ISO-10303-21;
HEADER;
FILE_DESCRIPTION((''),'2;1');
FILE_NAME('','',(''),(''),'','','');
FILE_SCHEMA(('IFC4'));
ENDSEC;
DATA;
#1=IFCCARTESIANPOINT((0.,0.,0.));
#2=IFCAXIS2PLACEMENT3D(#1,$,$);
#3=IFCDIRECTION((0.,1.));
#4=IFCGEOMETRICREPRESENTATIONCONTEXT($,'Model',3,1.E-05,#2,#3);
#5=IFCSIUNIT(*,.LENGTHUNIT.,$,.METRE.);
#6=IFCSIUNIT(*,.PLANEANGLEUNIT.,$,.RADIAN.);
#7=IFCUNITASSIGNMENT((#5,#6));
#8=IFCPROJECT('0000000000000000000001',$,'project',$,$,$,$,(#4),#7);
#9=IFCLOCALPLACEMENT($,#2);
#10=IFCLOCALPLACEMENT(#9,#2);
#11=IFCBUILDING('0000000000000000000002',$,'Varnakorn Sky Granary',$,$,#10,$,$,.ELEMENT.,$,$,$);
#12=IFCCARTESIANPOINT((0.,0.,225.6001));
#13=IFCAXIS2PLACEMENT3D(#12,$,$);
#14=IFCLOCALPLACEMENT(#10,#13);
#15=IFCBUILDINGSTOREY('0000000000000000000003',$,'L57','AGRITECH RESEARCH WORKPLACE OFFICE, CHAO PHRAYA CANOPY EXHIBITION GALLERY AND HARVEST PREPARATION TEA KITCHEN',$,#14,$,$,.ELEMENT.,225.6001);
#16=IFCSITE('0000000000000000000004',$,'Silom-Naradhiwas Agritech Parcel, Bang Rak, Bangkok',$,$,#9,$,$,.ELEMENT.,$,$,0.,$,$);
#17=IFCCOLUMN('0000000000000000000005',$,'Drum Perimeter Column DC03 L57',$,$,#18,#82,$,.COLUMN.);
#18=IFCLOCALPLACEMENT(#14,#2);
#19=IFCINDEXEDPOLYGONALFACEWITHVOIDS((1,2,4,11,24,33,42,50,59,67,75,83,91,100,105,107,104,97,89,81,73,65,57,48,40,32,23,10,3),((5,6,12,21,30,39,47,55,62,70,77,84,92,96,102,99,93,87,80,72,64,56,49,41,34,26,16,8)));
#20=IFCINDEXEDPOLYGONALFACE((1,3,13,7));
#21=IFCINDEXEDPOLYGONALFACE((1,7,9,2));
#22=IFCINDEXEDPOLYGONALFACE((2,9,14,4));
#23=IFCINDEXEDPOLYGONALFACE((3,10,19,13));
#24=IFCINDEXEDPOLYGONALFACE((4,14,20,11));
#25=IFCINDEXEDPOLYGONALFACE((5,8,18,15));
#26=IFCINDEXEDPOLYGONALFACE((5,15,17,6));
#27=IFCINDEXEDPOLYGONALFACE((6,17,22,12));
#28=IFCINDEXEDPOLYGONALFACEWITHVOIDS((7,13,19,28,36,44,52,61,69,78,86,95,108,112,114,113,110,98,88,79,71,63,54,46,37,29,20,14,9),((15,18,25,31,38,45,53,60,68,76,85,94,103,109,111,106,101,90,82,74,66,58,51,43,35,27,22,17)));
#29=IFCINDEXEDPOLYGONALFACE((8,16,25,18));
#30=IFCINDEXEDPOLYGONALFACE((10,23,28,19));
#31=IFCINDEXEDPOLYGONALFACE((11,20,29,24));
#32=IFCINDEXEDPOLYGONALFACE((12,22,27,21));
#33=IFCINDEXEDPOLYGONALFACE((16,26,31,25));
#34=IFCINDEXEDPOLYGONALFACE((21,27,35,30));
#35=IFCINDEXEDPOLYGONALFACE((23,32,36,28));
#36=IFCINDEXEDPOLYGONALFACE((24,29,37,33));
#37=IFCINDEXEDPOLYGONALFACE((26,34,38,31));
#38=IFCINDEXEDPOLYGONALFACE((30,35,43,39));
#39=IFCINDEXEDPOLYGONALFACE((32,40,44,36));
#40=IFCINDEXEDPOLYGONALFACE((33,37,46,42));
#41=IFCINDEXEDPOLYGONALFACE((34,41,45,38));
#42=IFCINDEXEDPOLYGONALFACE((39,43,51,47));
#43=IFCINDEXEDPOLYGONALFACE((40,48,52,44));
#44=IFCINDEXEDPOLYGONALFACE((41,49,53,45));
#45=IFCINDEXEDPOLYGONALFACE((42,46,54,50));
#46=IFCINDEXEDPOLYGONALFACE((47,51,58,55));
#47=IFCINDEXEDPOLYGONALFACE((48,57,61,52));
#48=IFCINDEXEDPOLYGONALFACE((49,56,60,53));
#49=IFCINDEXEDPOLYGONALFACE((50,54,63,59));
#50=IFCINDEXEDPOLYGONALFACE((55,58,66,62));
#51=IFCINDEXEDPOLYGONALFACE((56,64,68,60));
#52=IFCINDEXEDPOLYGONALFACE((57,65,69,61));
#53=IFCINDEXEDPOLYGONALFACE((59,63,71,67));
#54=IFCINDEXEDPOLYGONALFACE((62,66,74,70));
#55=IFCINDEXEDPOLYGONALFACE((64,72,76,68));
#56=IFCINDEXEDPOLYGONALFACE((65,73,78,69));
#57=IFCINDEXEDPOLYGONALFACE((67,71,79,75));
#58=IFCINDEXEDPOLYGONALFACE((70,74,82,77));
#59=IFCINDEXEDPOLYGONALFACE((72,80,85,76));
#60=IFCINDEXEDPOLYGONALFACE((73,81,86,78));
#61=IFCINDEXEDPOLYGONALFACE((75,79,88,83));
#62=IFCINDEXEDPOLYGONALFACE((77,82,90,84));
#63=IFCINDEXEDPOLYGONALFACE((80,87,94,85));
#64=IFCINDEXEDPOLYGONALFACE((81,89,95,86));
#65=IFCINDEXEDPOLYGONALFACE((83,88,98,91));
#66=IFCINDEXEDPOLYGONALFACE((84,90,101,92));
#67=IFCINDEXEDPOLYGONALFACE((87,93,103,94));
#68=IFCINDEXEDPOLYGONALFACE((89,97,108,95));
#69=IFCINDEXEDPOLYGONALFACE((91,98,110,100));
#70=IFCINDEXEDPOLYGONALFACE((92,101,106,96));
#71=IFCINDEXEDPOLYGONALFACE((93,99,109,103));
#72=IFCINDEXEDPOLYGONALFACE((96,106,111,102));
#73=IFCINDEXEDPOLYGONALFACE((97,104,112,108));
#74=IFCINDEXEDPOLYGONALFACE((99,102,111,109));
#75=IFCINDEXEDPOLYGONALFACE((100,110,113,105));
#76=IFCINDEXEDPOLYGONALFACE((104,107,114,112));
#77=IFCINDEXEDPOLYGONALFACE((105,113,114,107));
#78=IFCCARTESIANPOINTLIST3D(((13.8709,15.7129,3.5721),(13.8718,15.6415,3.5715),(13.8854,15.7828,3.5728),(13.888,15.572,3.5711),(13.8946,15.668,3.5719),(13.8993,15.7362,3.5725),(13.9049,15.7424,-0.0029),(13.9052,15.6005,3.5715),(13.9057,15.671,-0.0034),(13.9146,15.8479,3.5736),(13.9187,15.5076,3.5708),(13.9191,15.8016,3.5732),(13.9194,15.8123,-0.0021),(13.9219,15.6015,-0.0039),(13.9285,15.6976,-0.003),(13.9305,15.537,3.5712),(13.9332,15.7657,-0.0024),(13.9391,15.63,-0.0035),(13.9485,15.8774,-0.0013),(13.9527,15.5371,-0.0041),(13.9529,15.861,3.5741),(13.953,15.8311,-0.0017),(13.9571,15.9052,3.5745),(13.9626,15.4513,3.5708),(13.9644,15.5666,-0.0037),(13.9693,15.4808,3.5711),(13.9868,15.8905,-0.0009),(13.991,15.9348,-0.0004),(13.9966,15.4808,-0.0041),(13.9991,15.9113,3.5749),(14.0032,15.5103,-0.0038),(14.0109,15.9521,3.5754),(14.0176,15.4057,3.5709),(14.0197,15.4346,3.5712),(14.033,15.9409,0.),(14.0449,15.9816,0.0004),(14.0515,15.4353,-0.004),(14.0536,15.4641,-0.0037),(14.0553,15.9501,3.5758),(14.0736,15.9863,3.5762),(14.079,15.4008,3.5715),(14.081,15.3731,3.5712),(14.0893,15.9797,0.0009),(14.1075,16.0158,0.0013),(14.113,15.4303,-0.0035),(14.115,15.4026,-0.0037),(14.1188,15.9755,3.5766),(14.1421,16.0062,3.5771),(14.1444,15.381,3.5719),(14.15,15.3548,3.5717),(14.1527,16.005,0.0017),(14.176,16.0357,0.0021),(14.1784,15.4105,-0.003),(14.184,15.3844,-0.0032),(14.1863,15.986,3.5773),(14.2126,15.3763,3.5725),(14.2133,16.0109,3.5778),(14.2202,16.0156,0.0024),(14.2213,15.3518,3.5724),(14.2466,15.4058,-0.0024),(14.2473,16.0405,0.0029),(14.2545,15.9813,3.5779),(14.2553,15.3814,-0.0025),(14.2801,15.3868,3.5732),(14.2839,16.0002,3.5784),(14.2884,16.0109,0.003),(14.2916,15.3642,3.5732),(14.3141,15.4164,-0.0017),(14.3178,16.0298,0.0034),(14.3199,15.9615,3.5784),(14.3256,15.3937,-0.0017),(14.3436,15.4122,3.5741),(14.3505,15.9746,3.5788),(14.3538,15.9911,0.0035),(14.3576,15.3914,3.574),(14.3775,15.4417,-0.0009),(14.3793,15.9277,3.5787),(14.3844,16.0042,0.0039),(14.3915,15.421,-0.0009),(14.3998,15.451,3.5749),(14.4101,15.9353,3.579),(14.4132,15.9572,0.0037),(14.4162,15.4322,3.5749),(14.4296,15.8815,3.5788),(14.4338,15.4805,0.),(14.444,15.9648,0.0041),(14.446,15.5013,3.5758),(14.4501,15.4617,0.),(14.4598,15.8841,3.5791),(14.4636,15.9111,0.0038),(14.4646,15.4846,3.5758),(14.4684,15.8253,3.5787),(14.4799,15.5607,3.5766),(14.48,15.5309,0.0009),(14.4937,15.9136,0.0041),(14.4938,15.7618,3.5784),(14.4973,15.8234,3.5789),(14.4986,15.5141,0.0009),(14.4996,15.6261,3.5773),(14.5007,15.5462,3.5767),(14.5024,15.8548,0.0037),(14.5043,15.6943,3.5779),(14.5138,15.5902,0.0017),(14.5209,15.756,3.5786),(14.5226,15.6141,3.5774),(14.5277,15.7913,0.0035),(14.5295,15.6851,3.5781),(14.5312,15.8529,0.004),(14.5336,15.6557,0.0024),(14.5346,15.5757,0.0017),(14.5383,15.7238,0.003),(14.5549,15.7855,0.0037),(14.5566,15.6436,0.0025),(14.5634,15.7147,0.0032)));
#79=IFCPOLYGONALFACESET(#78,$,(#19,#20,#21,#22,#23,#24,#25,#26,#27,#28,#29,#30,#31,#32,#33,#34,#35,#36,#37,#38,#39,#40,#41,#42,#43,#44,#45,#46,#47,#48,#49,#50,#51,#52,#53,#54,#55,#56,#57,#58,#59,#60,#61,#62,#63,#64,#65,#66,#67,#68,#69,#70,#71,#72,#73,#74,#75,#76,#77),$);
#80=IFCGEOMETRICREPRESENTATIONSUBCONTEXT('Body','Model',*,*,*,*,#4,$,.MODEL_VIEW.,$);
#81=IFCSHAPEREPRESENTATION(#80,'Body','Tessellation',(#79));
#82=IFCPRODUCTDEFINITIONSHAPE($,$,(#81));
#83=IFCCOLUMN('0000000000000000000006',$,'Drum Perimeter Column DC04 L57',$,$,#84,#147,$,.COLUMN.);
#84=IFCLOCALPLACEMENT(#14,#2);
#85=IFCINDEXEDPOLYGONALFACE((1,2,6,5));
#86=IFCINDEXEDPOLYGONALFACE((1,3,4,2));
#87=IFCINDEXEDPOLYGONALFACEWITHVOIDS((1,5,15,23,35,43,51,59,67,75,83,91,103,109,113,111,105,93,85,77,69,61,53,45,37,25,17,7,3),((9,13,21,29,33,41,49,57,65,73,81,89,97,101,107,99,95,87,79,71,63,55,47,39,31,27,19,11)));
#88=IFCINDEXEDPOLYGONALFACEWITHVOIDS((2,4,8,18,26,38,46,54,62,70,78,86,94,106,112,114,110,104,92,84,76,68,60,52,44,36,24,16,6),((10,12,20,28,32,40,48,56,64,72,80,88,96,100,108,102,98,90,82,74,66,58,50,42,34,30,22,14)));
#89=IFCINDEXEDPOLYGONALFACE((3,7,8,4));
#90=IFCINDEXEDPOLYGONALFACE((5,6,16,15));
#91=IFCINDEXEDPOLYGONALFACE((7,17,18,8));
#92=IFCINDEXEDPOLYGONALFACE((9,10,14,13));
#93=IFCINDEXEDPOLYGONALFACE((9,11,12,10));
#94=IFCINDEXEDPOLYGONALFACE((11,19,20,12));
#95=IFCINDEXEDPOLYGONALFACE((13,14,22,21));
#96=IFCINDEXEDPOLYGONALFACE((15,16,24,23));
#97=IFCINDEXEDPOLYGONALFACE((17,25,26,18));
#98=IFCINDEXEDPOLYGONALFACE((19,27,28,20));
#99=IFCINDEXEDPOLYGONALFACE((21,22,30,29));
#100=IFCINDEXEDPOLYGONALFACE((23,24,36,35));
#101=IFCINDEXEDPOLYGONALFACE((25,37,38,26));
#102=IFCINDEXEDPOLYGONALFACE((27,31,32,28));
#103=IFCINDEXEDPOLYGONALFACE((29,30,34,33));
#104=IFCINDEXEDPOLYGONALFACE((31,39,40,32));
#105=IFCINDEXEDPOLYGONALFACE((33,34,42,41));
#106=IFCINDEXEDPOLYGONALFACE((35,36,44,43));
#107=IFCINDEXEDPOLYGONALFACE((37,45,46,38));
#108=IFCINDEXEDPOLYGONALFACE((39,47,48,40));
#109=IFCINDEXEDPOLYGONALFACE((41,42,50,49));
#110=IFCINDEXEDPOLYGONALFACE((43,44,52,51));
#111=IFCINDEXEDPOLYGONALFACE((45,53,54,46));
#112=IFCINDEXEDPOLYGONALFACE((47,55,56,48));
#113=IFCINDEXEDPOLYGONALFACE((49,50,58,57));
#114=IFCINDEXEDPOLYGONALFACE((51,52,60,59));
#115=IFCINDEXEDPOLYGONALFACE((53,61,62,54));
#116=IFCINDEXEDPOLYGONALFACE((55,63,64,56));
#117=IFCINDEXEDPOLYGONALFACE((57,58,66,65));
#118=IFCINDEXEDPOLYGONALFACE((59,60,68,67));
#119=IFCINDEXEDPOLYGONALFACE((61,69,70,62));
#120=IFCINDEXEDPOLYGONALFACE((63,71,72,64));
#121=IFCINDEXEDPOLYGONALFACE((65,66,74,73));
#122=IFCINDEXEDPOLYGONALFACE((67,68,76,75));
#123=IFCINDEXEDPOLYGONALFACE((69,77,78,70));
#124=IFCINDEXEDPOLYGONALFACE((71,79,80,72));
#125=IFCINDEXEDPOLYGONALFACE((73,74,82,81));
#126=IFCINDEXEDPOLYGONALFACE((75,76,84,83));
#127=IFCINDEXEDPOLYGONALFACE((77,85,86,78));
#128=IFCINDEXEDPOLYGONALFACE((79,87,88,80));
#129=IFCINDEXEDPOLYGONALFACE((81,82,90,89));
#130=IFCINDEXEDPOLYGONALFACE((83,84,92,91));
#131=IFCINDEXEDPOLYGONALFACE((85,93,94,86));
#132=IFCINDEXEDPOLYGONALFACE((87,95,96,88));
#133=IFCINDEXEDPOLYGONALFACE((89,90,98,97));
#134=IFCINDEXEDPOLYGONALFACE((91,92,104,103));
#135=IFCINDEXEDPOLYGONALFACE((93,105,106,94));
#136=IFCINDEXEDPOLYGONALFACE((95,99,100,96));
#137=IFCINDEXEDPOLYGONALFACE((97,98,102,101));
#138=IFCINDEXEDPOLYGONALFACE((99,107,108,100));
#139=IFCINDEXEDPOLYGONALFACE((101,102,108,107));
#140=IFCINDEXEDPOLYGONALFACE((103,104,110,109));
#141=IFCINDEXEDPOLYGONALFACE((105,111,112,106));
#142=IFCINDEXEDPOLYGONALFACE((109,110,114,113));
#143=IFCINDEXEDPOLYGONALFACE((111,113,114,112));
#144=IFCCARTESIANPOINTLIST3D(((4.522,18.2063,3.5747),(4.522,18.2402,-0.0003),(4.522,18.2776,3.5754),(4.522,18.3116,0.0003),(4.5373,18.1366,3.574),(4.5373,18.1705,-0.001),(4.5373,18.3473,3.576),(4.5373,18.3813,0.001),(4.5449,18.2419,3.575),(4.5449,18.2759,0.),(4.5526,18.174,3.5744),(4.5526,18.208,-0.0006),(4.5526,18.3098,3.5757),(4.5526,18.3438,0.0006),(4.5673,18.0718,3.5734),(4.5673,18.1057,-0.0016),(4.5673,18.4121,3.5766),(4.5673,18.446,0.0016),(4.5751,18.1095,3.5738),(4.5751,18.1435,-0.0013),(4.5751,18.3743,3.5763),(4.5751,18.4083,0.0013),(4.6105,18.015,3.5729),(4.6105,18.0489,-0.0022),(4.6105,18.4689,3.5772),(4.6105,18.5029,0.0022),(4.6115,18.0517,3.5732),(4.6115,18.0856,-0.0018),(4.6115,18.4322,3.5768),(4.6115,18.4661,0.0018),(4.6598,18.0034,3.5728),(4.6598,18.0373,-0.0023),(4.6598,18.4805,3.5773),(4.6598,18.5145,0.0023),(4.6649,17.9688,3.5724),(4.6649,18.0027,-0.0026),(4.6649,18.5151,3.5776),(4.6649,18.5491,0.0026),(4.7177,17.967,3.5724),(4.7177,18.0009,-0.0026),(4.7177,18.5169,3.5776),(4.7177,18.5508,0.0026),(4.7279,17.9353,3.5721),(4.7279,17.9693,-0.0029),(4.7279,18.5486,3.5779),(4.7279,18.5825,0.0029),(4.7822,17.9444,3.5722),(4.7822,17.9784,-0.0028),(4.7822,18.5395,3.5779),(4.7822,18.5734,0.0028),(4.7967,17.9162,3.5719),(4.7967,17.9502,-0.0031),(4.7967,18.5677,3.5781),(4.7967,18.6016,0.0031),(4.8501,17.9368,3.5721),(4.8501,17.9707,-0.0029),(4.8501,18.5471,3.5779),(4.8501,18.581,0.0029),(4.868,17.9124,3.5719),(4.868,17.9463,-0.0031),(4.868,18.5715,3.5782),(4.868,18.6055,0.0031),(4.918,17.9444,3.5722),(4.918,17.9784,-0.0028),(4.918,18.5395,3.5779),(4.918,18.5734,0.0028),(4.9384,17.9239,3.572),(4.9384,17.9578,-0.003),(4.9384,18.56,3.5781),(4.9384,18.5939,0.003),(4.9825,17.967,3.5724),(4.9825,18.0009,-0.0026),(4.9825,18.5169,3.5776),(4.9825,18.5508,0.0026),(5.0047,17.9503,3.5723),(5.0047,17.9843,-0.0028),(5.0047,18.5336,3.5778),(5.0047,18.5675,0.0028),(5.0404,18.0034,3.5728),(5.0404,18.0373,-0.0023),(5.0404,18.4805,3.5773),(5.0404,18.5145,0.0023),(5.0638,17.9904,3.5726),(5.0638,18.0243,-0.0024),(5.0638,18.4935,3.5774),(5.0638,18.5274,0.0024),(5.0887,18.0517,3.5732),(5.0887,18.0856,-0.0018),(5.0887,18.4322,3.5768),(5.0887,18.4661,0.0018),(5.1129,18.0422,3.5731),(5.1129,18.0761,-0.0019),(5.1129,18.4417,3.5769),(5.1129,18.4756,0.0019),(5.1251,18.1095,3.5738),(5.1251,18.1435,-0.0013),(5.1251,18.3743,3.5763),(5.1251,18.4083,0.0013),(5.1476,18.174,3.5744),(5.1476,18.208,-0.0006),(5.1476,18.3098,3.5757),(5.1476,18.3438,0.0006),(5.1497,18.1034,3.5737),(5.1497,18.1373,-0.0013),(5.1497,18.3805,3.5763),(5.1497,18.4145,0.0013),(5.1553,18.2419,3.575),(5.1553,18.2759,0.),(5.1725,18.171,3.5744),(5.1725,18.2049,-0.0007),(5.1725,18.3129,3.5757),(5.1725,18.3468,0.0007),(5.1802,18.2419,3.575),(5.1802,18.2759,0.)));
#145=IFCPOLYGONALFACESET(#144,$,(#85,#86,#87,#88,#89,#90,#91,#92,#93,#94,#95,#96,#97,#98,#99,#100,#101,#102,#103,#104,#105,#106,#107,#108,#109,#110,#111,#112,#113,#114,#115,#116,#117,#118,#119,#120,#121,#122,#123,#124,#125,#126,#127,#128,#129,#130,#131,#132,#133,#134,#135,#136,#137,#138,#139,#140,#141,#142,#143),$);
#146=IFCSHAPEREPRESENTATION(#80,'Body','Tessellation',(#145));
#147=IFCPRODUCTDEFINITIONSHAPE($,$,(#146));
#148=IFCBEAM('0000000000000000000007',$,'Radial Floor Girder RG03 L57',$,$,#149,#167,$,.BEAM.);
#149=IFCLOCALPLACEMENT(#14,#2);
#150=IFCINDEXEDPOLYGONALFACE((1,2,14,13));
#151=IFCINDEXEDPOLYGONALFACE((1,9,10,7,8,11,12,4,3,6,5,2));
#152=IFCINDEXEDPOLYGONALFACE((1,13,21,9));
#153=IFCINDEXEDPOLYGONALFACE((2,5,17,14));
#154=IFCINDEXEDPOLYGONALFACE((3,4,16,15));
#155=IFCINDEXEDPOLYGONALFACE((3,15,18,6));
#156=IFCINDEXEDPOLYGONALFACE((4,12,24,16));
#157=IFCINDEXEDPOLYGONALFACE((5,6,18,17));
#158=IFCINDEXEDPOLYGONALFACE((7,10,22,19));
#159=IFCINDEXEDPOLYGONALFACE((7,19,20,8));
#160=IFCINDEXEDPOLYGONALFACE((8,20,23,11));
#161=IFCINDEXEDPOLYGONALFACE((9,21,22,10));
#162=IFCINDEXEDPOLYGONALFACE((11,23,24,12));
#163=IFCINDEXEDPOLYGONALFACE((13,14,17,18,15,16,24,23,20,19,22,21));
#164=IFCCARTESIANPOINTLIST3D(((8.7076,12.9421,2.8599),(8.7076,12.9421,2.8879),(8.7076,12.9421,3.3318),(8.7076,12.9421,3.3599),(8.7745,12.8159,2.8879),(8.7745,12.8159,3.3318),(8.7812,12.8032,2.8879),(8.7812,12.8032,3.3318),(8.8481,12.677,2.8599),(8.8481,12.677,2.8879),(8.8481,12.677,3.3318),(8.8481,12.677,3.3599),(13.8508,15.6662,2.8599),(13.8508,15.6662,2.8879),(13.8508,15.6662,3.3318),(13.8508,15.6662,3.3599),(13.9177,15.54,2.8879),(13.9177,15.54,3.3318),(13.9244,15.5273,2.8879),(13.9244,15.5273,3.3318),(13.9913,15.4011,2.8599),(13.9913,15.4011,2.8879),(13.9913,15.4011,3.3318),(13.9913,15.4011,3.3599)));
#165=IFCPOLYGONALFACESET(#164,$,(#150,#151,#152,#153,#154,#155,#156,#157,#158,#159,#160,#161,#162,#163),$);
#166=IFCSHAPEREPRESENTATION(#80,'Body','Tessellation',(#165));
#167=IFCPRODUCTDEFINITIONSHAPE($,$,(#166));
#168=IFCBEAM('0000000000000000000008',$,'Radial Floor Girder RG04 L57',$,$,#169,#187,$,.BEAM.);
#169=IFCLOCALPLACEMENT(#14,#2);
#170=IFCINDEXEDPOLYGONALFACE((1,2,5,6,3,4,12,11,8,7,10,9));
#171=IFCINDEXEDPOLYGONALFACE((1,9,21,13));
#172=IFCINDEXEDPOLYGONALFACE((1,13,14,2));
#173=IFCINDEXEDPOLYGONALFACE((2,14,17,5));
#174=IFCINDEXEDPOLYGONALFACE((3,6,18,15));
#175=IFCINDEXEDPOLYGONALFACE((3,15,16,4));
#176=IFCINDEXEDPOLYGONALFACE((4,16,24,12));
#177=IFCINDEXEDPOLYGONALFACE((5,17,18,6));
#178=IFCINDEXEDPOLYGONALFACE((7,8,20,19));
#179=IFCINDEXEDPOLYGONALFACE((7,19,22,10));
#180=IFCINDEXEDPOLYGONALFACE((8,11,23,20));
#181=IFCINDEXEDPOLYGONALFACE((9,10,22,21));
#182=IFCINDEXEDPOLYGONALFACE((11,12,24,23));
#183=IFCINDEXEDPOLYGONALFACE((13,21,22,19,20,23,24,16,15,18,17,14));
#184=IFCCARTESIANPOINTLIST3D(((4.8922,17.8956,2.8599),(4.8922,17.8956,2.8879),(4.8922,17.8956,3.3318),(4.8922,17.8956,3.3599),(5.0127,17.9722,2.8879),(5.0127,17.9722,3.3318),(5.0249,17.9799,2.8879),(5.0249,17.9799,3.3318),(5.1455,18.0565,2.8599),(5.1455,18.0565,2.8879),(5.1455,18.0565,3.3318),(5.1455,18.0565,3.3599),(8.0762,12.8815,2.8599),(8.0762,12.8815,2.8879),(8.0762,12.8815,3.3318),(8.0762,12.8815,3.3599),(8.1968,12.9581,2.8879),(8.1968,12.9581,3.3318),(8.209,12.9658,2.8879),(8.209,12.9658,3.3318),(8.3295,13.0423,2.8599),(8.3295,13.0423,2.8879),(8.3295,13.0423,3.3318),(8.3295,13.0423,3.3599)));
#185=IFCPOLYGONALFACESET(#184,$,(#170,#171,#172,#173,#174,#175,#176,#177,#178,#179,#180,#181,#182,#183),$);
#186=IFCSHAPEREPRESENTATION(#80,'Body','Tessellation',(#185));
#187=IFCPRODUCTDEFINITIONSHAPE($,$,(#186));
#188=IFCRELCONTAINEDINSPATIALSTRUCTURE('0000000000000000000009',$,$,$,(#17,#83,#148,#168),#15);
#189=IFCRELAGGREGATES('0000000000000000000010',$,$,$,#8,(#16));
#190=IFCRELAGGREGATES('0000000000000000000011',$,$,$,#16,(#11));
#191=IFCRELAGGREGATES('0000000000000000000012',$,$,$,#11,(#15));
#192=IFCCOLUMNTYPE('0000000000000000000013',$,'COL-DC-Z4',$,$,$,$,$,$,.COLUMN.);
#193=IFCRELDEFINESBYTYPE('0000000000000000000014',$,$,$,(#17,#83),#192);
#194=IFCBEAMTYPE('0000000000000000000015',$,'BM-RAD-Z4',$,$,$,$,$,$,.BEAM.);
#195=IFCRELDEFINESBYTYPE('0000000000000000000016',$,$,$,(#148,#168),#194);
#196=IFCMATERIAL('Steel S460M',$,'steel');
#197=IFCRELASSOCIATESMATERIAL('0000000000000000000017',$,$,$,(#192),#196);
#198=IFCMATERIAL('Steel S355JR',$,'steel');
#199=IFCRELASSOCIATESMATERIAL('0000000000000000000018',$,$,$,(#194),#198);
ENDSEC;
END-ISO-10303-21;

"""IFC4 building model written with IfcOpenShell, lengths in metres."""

from ifc_helpers import new_model, si_unit, direction, frame, origin, origin_2d, place, context, subcontext, project, spatial, hollow_circle, i_section, extrude, material, material_profile, profile_set, type_object, element, save


model = new_model("IFC4")

# Units and contexts
model_context = context("Model", 3, precision=1e-05, world=origin(), true_north=direction((0.0, 1.0)))
body_context = subcontext(model_context, "Body", "Model", "MODEL_VIEW")
ifc_project = project(units=[si_unit("LENGTHUNIT", "METRE"), si_unit("PLANEANGLEUNIT", "RADIAN")], contexts=[model_context])

# Site, building, storey
site_placement = place(None, origin())
site = spatial("IfcSite", under=ifc_project, at=site_placement, Name="Silom-Naradhiwas Agritech Parcel, Bang Rak, Bangkok", CompositionType="ELEMENT", RefElevation=0.0)
building_placement = place(site_placement, origin())
building = spatial("IfcBuilding", under=site, at=building_placement, Name="Varnakorn Sky Granary", CompositionType="ELEMENT")
storey_placement = place(building_placement, frame((0.0, 0.0, 225.6001)))
storey = spatial("IfcBuildingStorey", under=building, at=storey_placement, Name="L57", Description="AGRITECH RESEARCH WORKPLACE OFFICE, CHAO PHRAYA CANOPY EXHIBITION GALLERY AND HARVEST PREPARATION TEA KITCHEN", CompositionType="ELEMENT", Elevation=225.6001)

# Columns
ifc_material_1 = material(Name="Steel S460M", Category="steel")
ifc_material_profile_1 = material_profile(ifc_material_1, hollow_circle(Radius=0.3301, WallThickness=0.0249, at=origin_2d()), Name="CHS 660x25")
ifc_profile_set_1 = profile_set([ifc_material_profile_1], Name="Steel S460M")
column_type = type_object("IfcColumnType", Name="COL-DC-Z4", PredefinedType="COLUMN", material=ifc_profile_set_1)
for number, where, z_axis, x_axis, name in (
    (1, (14.2334, 15.7107, 0.0), (-0.009492, -0.008263, 0.999921), (0.656582, -0.754255, 0.0), "Drum Perimeter Column DC03 L57"),
    (2, (4.8501, 18.2759, 0.0), (0.0, -0.009492, 0.999955), (1.0, 0.0, 0.0), "Drum Perimeter Column DC04 L57"),
):
    element("IfcColumn", number, at=place(storey_placement, frame(where, z_axis=z_axis, x_axis=x_axis)), inside=storey, type_object=column_type, Name=name, PredefinedType="COLUMN", context=body_context, shape_type="SweptSolid", body=[
        extrude(hollow_circle(Radius=0.3301, WallThickness=0.0249, at=origin_2d()), origin(), (0.0, 0.0, 1.0), 3.5752),
    ])

# Beams
ifc_material_2 = material(Name="Steel S355JR", Category="steel")
ifc_material_profile_2 = material_profile(ifc_material_2, i_section(OverallWidth=0.3, OverallDepth=0.5, WebThickness=0.0144, FlangeThickness=0.0281, at=origin_2d()), Name="HE 500 B")
ifc_profile_set_2 = profile_set([ifc_material_profile_2], Name="Steel S355JR")
beam_type_1 = type_object("IfcBeamType", Name="BM-RAD-Z4", PredefinedType="BEAM", material=ifc_profile_set_2)
beam_1_placement = place(storey_placement, frame((8.7778, 12.8096, 3.1099), z_axis=(0.883703, 0.468048, 0.0), x_axis=(-0.468048, 0.883703, 0.0)))
element("IfcBeam", 3, at=beam_1_placement, inside=storey, type_object=beam_type_1, Name="Radial Floor Girder RG03 L57", PredefinedType="BEAM", context=body_context, shape_type="SweptSolid", body=[
    extrude(i_section(OverallWidth=0.3, OverallDepth=0.5, WebThickness=0.0144, FlangeThickness=0.0281, at=origin_2d()), origin(), (0.0, 0.0, 1.0), 5.8201),
])
beam_2_placement = place(storey_placement, frame((8.2029, 12.9619, 3.1099), z_axis=(-0.536067, 0.844176, 0.0), x_axis=(-0.844176, -0.536067, 0.0)))
element("IfcBeam", 4, at=beam_2_placement, inside=storey, type_object=beam_type_1, Name="Radial Floor Girder RG04 L57", PredefinedType="BEAM", context=body_context, shape_type="SweptSolid", body=[
    extrude(i_section(OverallWidth=0.3, OverallDepth=0.5, WebThickness=0.0144, FlangeThickness=0.0281, at=origin_2d()), origin(), (0.0, 0.0, 1.0), 5.9397),
])

save(model, "model.ifc")
